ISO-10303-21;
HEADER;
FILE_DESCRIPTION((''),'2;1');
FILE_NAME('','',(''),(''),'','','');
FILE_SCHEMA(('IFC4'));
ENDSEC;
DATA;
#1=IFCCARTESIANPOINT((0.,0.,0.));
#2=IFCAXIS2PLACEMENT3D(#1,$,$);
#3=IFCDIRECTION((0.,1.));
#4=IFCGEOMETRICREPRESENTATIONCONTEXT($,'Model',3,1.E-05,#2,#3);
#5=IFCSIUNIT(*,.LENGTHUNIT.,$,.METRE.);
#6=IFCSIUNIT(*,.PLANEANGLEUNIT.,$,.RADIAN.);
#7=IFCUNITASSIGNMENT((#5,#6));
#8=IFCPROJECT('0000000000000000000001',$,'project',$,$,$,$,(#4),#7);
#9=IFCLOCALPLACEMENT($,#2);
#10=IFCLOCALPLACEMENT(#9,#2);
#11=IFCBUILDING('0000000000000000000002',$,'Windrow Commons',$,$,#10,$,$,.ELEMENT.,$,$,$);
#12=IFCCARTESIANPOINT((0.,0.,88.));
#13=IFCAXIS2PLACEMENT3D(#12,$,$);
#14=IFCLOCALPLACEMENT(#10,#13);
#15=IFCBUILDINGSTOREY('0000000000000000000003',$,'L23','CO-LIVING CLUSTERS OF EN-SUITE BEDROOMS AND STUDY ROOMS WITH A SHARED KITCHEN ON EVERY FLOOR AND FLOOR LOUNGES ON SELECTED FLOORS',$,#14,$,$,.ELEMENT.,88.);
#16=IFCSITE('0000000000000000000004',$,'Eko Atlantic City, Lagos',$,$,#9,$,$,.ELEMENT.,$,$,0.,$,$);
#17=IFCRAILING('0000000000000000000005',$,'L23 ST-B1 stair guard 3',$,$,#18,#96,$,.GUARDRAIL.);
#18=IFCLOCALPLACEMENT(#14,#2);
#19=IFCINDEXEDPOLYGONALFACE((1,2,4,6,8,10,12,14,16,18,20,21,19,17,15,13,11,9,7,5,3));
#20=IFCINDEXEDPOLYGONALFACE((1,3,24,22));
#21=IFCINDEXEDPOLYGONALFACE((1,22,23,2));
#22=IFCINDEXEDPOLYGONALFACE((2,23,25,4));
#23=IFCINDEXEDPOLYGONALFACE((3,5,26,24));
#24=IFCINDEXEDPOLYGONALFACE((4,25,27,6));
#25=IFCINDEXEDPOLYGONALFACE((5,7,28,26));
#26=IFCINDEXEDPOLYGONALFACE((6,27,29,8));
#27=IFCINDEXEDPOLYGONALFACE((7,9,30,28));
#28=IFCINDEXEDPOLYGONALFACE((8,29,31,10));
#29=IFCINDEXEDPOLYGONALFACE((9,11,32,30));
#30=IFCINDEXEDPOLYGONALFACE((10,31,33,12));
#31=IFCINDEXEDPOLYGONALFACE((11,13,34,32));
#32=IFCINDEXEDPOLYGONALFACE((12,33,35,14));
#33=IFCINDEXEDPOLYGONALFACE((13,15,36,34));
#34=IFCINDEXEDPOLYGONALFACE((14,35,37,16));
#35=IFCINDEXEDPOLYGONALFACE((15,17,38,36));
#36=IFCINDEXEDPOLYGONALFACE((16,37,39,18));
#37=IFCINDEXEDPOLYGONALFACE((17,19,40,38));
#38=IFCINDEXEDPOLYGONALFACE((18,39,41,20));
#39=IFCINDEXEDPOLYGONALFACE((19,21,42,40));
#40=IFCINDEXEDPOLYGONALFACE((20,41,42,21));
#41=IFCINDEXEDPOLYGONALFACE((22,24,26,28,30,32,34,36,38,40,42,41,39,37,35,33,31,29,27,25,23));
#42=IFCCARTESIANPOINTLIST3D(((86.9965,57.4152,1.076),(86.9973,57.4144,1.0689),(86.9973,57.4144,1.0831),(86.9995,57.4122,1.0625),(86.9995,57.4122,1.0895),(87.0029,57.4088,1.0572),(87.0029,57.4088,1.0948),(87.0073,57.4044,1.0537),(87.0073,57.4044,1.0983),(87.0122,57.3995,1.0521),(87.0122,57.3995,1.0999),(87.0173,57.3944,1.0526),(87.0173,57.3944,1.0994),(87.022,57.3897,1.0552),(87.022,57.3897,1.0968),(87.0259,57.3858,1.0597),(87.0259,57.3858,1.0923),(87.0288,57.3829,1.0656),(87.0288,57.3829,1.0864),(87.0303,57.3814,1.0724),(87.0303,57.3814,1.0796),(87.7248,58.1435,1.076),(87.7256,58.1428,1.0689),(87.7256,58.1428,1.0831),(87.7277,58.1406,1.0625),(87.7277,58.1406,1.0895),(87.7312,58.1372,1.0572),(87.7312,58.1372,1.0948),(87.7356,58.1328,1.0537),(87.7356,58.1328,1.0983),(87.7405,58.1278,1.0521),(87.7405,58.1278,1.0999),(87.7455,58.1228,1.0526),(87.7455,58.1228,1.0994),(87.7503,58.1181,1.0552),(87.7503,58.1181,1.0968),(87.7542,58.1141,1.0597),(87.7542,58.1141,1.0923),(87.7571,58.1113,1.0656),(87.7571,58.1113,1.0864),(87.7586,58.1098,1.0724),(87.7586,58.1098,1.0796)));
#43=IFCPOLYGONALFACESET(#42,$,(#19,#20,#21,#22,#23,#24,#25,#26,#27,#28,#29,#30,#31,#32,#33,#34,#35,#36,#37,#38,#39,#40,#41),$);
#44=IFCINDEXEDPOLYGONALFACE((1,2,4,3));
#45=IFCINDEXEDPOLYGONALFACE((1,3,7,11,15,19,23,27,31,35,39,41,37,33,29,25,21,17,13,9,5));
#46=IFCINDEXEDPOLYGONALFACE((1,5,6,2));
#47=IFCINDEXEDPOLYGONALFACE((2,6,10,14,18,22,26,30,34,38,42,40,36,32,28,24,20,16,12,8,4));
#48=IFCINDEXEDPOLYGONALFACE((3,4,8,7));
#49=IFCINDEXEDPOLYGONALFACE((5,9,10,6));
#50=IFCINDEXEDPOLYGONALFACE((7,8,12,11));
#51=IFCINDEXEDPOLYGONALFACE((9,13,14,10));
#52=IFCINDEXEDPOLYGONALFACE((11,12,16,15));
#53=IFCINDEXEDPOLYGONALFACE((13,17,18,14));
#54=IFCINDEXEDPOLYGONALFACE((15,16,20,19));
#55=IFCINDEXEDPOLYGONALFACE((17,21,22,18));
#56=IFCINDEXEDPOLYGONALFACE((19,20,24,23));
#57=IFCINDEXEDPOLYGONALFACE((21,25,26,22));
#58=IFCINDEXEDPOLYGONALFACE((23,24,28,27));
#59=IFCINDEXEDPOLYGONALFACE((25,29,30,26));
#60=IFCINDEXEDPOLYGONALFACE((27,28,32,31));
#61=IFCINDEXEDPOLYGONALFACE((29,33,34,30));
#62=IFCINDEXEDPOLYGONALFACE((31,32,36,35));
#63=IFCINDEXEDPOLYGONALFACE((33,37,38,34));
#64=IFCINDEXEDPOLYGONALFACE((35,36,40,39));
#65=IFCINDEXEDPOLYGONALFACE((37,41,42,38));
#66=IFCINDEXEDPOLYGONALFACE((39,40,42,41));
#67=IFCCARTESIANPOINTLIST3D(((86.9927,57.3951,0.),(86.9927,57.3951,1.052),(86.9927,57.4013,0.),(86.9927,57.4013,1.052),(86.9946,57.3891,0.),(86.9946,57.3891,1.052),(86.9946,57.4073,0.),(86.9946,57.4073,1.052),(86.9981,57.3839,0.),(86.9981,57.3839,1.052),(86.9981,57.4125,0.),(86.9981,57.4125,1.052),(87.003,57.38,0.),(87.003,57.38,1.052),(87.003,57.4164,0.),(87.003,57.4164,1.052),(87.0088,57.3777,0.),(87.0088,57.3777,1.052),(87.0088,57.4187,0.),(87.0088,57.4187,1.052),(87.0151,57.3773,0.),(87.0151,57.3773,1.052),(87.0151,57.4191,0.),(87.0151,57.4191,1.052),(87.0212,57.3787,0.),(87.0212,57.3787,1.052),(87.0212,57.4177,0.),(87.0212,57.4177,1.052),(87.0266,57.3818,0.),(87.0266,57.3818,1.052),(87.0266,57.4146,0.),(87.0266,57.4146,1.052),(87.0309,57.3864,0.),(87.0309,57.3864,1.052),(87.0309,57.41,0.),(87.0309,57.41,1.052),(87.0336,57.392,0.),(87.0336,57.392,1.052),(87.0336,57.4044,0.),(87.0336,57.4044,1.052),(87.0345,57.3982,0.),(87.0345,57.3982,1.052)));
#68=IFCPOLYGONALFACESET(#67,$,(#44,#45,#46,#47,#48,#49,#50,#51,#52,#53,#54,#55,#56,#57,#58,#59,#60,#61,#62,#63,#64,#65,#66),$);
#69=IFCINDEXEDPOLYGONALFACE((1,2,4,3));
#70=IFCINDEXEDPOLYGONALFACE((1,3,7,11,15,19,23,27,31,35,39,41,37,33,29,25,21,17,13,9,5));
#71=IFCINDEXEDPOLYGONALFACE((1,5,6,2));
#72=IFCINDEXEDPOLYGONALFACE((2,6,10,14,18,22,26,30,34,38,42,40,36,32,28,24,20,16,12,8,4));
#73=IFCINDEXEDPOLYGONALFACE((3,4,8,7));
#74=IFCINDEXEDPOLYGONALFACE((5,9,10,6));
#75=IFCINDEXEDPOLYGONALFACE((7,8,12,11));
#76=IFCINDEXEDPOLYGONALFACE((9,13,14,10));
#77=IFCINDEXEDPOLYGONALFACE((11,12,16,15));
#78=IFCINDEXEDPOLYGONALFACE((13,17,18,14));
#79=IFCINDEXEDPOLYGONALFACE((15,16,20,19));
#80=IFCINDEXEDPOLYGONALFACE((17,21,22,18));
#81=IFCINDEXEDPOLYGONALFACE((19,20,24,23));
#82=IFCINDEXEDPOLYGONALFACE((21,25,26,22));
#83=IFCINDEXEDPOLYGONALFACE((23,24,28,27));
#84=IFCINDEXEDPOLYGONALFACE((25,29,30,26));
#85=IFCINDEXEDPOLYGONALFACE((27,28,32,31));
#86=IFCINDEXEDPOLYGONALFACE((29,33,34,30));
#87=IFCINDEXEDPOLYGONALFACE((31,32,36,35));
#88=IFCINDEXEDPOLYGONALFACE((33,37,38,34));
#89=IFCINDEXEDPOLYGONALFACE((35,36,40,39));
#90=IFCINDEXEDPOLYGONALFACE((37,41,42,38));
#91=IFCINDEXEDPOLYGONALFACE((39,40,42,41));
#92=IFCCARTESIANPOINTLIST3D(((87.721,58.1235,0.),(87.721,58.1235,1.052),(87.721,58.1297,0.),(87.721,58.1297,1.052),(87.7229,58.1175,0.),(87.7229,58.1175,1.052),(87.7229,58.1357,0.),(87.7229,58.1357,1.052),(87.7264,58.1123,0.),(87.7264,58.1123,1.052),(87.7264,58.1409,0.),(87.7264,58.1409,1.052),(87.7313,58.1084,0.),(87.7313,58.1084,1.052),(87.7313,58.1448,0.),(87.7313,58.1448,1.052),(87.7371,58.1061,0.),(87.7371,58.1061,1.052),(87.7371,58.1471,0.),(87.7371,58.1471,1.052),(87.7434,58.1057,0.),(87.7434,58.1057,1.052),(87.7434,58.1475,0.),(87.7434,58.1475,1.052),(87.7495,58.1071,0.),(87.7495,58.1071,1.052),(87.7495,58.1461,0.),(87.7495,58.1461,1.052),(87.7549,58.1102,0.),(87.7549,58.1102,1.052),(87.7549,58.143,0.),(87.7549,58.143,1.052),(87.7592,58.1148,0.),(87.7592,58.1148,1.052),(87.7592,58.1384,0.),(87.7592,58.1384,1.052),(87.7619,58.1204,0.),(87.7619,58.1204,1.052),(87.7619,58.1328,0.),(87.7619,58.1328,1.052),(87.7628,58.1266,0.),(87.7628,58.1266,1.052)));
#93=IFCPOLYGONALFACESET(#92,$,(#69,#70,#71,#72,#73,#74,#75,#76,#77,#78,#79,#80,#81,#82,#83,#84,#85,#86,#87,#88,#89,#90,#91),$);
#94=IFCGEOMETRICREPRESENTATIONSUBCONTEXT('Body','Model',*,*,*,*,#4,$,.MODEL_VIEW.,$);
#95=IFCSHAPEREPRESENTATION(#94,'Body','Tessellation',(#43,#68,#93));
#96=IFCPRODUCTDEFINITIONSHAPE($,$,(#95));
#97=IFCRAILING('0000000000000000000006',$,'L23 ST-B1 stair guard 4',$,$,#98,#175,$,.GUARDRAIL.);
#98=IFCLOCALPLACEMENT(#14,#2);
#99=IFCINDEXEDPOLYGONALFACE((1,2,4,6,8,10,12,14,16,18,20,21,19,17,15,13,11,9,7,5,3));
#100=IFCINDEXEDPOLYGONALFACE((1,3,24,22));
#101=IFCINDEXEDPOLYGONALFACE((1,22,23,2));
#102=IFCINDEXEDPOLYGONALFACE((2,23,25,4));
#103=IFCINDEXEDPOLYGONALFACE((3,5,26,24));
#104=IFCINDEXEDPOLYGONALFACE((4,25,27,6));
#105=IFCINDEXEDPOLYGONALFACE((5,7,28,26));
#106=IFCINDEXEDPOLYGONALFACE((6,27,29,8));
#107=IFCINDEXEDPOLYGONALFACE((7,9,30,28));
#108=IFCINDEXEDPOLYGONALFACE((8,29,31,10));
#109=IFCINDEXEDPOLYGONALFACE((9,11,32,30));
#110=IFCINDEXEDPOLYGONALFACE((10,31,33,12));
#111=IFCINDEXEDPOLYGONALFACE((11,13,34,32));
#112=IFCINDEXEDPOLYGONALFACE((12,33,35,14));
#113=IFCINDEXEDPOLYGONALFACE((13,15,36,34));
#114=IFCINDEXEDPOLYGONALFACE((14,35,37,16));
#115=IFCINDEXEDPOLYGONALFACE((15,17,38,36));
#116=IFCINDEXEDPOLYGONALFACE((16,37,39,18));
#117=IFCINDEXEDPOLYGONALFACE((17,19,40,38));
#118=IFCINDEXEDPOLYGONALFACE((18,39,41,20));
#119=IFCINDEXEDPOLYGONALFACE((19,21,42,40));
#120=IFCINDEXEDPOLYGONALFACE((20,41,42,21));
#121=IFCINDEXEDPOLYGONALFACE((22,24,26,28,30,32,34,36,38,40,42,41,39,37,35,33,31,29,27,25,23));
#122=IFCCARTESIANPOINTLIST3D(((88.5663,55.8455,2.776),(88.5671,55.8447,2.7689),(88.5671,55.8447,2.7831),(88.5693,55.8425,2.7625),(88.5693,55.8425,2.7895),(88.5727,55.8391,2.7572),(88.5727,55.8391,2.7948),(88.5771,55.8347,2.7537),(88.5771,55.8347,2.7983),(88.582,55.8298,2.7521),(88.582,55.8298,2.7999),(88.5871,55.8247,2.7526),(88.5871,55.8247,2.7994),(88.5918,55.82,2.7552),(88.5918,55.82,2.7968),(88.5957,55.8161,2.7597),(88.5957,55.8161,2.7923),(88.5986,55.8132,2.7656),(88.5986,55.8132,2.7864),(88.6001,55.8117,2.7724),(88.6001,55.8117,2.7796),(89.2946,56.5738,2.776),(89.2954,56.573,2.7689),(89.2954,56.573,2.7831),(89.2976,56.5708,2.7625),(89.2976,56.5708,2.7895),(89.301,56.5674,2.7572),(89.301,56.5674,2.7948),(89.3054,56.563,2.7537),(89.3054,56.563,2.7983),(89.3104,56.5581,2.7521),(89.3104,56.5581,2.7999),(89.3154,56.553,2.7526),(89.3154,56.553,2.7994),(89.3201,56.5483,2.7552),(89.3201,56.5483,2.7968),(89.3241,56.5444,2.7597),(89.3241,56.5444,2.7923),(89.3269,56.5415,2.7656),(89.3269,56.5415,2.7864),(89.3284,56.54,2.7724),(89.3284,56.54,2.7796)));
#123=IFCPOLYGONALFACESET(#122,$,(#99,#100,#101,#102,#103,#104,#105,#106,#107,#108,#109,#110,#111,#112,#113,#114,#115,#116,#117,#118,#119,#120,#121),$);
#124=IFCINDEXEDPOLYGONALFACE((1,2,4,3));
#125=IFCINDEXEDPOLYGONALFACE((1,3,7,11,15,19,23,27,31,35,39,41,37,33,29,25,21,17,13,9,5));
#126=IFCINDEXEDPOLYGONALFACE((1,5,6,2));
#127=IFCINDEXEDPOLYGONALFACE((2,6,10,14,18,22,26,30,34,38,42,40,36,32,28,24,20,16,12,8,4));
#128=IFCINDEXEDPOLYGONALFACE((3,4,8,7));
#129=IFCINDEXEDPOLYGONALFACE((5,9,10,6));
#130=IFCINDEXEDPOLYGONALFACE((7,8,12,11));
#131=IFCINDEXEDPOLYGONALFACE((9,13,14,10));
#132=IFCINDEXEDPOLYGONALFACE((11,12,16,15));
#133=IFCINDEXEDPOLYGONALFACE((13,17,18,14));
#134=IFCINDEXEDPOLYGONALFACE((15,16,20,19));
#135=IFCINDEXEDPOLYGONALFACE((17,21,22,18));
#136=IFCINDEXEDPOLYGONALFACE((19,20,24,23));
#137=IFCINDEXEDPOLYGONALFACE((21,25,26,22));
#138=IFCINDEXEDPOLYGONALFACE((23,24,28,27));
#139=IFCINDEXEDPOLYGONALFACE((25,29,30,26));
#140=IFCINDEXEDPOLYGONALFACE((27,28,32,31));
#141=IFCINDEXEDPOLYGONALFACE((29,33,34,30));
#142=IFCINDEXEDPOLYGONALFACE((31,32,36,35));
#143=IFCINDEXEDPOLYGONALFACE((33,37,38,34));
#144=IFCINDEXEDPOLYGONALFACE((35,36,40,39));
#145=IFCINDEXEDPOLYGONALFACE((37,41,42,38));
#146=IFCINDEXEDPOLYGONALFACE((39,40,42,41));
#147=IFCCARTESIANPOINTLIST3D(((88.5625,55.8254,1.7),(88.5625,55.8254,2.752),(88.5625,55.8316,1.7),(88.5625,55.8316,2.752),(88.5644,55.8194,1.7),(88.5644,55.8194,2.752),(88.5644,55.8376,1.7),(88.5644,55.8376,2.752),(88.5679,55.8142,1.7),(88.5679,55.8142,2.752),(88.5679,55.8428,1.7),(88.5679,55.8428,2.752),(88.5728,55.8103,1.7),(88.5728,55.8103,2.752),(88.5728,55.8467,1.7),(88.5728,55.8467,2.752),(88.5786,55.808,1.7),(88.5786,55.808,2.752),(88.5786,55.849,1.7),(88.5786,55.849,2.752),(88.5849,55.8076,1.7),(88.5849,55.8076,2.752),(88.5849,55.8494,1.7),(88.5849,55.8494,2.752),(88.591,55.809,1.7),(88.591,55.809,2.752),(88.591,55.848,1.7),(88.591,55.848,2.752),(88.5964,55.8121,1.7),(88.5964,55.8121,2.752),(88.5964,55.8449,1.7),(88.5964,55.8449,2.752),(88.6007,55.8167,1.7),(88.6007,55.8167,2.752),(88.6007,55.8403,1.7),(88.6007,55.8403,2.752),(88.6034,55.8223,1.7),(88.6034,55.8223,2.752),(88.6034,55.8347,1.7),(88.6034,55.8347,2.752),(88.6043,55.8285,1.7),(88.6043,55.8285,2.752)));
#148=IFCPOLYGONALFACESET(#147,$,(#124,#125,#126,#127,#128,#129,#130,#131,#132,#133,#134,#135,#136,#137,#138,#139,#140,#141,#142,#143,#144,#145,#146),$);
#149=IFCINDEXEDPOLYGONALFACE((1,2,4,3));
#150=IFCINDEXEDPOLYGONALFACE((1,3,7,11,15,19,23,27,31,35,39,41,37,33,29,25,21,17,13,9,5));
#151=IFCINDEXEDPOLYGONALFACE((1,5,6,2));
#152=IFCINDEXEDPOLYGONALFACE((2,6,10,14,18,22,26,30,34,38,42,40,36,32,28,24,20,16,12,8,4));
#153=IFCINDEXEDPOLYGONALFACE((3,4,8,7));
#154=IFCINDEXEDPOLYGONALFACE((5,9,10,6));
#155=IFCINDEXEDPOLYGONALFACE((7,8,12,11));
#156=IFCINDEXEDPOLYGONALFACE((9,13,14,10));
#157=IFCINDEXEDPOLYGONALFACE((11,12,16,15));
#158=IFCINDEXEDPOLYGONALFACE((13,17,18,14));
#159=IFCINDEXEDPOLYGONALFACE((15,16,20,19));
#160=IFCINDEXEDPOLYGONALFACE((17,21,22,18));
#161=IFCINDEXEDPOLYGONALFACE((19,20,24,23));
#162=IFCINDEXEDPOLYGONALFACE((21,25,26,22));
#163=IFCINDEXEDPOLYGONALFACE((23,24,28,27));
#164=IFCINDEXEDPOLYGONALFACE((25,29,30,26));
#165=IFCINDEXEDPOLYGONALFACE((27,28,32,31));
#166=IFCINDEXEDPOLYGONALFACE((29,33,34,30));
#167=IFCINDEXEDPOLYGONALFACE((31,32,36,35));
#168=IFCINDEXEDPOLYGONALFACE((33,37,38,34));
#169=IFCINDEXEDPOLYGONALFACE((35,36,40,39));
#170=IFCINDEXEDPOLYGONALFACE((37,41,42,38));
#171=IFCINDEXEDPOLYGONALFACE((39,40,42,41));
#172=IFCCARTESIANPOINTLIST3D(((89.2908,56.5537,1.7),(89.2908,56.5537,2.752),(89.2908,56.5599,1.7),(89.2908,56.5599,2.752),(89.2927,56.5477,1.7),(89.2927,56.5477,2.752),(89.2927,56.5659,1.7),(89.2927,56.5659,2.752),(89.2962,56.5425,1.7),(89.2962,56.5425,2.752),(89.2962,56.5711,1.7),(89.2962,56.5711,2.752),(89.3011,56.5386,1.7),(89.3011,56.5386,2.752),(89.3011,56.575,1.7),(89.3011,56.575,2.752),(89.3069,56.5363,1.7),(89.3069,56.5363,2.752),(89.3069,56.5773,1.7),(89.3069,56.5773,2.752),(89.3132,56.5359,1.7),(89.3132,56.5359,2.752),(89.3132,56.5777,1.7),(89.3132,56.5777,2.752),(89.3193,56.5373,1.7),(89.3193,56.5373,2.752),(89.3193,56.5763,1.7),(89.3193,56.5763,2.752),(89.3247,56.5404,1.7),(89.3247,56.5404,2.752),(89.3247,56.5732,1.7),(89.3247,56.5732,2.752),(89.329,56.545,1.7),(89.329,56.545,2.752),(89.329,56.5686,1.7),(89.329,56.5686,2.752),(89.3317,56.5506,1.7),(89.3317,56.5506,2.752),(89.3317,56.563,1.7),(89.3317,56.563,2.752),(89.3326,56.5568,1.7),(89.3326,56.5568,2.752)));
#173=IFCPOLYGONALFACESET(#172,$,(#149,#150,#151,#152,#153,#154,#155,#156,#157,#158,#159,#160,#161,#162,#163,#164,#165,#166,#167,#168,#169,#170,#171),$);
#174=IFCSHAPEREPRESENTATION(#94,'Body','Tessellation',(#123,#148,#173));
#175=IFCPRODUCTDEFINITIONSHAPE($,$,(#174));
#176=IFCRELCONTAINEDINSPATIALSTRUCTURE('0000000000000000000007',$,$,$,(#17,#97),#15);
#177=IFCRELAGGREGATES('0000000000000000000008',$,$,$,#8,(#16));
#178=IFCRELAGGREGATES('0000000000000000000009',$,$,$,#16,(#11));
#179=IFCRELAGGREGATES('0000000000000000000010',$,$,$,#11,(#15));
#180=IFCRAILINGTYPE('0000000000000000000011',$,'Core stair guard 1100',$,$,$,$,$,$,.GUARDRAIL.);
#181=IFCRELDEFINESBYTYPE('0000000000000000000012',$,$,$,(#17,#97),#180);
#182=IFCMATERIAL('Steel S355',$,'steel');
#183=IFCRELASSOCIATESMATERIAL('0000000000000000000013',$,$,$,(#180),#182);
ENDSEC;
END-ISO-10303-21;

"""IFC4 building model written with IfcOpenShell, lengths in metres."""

from ifc_helpers import new_model, si_unit, direction, frame, origin, origin_2d, place, context, subcontext, project, spatial, circle, extrude, material, type_object, element, save


model = new_model("IFC4")

# Units and contexts
model_context = context("Model", 3, precision=1e-05, world=origin(), true_north=direction((0.0, 1.0)))
body_context = subcontext(model_context, "Body", "Model", "MODEL_VIEW")
ifc_project = project(units=[si_unit("LENGTHUNIT", "METRE"), si_unit("PLANEANGLEUNIT", "RADIAN")], contexts=[model_context])

# Site, building, storey
site_placement = place(None, origin())
site = spatial("IfcSite", under=ifc_project, at=site_placement, Name="Eko Atlantic City, Lagos", CompositionType="ELEMENT", RefElevation=0.0)
building_placement = place(site_placement, origin())
building = spatial("IfcBuilding", under=site, at=building_placement, Name="Windrow Commons", CompositionType="ELEMENT")
storey_placement = place(building_placement, frame((0.0, 0.0, 88.0)))
storey = spatial("IfcBuildingStorey", under=building, at=storey_placement, Name="L23", Description="CO-LIVING CLUSTERS OF EN-SUITE BEDROOMS AND STUDY ROOMS WITH A SHARED KITCHEN ON EVERY FLOOR AND FLOOR LOUNGES ON SELECTED FLOORS", CompositionType="ELEMENT", Elevation=88.0)

# Railings
ifc_material_1 = material(Name="Steel S355", Category="steel")
railing_type_1 = type_object("IfcRailingType", Name="Core stair guard 1100", PredefinedType="GUARDRAIL", material=ifc_material_1)
railing_1_placement = place(storey_placement, frame((87.0135, 57.3982, 0.0)))
element("IfcRailing", 1, at=railing_1_placement, inside=storey, type_object=railing_type_1, Name="L23 ST-B1 stair guard 3", PredefinedType="GUARDRAIL", context=body_context, shape_type="SweptSolid", body=[
    extrude(circle(Radius=0.024, at=origin_2d()), frame((0.0, 0.0, 1.076), z_axis=(0.707058, 0.707155, 0.0), x_axis=(-0.707155, 0.707058, 0.0)), (0.0, 0.0, 1.0), 1.03),
    extrude(circle(Radius=0.021, at=origin_2d()), origin(), (0.0, 0.0, 1.0), 1.052),
    extrude(circle(Radius=0.021, at=origin_2d()), frame((0.7283, 0.7284, 0.0)), (0.0, 0.0, 1.0), 1.052),
])
railing_2_placement = place(storey_placement, frame((88.5833, 55.8285, 1.7)))
element("IfcRailing", 2, at=railing_2_placement, inside=storey, type_object=railing_type_1, Name="L23 ST-B1 stair guard 4", PredefinedType="GUARDRAIL", context=body_context, shape_type="SweptSolid", body=[
    extrude(circle(Radius=0.024, at=origin_2d()), frame((0.0, 0.0, 1.076), z_axis=(0.707107, 0.707107, 0.0), x_axis=(-0.707107, 0.707107, 0.0)), (0.0, 0.0, 1.0), 1.03),
    extrude(circle(Radius=0.021, at=origin_2d()), origin(), (0.0, 0.0, 1.0), 1.052),
    extrude(circle(Radius=0.021, at=origin_2d()), frame((0.7283, 0.7283, 0.0)), (0.0, 0.0, 1.0), 1.052),
])

save(model, "model.ifc")
